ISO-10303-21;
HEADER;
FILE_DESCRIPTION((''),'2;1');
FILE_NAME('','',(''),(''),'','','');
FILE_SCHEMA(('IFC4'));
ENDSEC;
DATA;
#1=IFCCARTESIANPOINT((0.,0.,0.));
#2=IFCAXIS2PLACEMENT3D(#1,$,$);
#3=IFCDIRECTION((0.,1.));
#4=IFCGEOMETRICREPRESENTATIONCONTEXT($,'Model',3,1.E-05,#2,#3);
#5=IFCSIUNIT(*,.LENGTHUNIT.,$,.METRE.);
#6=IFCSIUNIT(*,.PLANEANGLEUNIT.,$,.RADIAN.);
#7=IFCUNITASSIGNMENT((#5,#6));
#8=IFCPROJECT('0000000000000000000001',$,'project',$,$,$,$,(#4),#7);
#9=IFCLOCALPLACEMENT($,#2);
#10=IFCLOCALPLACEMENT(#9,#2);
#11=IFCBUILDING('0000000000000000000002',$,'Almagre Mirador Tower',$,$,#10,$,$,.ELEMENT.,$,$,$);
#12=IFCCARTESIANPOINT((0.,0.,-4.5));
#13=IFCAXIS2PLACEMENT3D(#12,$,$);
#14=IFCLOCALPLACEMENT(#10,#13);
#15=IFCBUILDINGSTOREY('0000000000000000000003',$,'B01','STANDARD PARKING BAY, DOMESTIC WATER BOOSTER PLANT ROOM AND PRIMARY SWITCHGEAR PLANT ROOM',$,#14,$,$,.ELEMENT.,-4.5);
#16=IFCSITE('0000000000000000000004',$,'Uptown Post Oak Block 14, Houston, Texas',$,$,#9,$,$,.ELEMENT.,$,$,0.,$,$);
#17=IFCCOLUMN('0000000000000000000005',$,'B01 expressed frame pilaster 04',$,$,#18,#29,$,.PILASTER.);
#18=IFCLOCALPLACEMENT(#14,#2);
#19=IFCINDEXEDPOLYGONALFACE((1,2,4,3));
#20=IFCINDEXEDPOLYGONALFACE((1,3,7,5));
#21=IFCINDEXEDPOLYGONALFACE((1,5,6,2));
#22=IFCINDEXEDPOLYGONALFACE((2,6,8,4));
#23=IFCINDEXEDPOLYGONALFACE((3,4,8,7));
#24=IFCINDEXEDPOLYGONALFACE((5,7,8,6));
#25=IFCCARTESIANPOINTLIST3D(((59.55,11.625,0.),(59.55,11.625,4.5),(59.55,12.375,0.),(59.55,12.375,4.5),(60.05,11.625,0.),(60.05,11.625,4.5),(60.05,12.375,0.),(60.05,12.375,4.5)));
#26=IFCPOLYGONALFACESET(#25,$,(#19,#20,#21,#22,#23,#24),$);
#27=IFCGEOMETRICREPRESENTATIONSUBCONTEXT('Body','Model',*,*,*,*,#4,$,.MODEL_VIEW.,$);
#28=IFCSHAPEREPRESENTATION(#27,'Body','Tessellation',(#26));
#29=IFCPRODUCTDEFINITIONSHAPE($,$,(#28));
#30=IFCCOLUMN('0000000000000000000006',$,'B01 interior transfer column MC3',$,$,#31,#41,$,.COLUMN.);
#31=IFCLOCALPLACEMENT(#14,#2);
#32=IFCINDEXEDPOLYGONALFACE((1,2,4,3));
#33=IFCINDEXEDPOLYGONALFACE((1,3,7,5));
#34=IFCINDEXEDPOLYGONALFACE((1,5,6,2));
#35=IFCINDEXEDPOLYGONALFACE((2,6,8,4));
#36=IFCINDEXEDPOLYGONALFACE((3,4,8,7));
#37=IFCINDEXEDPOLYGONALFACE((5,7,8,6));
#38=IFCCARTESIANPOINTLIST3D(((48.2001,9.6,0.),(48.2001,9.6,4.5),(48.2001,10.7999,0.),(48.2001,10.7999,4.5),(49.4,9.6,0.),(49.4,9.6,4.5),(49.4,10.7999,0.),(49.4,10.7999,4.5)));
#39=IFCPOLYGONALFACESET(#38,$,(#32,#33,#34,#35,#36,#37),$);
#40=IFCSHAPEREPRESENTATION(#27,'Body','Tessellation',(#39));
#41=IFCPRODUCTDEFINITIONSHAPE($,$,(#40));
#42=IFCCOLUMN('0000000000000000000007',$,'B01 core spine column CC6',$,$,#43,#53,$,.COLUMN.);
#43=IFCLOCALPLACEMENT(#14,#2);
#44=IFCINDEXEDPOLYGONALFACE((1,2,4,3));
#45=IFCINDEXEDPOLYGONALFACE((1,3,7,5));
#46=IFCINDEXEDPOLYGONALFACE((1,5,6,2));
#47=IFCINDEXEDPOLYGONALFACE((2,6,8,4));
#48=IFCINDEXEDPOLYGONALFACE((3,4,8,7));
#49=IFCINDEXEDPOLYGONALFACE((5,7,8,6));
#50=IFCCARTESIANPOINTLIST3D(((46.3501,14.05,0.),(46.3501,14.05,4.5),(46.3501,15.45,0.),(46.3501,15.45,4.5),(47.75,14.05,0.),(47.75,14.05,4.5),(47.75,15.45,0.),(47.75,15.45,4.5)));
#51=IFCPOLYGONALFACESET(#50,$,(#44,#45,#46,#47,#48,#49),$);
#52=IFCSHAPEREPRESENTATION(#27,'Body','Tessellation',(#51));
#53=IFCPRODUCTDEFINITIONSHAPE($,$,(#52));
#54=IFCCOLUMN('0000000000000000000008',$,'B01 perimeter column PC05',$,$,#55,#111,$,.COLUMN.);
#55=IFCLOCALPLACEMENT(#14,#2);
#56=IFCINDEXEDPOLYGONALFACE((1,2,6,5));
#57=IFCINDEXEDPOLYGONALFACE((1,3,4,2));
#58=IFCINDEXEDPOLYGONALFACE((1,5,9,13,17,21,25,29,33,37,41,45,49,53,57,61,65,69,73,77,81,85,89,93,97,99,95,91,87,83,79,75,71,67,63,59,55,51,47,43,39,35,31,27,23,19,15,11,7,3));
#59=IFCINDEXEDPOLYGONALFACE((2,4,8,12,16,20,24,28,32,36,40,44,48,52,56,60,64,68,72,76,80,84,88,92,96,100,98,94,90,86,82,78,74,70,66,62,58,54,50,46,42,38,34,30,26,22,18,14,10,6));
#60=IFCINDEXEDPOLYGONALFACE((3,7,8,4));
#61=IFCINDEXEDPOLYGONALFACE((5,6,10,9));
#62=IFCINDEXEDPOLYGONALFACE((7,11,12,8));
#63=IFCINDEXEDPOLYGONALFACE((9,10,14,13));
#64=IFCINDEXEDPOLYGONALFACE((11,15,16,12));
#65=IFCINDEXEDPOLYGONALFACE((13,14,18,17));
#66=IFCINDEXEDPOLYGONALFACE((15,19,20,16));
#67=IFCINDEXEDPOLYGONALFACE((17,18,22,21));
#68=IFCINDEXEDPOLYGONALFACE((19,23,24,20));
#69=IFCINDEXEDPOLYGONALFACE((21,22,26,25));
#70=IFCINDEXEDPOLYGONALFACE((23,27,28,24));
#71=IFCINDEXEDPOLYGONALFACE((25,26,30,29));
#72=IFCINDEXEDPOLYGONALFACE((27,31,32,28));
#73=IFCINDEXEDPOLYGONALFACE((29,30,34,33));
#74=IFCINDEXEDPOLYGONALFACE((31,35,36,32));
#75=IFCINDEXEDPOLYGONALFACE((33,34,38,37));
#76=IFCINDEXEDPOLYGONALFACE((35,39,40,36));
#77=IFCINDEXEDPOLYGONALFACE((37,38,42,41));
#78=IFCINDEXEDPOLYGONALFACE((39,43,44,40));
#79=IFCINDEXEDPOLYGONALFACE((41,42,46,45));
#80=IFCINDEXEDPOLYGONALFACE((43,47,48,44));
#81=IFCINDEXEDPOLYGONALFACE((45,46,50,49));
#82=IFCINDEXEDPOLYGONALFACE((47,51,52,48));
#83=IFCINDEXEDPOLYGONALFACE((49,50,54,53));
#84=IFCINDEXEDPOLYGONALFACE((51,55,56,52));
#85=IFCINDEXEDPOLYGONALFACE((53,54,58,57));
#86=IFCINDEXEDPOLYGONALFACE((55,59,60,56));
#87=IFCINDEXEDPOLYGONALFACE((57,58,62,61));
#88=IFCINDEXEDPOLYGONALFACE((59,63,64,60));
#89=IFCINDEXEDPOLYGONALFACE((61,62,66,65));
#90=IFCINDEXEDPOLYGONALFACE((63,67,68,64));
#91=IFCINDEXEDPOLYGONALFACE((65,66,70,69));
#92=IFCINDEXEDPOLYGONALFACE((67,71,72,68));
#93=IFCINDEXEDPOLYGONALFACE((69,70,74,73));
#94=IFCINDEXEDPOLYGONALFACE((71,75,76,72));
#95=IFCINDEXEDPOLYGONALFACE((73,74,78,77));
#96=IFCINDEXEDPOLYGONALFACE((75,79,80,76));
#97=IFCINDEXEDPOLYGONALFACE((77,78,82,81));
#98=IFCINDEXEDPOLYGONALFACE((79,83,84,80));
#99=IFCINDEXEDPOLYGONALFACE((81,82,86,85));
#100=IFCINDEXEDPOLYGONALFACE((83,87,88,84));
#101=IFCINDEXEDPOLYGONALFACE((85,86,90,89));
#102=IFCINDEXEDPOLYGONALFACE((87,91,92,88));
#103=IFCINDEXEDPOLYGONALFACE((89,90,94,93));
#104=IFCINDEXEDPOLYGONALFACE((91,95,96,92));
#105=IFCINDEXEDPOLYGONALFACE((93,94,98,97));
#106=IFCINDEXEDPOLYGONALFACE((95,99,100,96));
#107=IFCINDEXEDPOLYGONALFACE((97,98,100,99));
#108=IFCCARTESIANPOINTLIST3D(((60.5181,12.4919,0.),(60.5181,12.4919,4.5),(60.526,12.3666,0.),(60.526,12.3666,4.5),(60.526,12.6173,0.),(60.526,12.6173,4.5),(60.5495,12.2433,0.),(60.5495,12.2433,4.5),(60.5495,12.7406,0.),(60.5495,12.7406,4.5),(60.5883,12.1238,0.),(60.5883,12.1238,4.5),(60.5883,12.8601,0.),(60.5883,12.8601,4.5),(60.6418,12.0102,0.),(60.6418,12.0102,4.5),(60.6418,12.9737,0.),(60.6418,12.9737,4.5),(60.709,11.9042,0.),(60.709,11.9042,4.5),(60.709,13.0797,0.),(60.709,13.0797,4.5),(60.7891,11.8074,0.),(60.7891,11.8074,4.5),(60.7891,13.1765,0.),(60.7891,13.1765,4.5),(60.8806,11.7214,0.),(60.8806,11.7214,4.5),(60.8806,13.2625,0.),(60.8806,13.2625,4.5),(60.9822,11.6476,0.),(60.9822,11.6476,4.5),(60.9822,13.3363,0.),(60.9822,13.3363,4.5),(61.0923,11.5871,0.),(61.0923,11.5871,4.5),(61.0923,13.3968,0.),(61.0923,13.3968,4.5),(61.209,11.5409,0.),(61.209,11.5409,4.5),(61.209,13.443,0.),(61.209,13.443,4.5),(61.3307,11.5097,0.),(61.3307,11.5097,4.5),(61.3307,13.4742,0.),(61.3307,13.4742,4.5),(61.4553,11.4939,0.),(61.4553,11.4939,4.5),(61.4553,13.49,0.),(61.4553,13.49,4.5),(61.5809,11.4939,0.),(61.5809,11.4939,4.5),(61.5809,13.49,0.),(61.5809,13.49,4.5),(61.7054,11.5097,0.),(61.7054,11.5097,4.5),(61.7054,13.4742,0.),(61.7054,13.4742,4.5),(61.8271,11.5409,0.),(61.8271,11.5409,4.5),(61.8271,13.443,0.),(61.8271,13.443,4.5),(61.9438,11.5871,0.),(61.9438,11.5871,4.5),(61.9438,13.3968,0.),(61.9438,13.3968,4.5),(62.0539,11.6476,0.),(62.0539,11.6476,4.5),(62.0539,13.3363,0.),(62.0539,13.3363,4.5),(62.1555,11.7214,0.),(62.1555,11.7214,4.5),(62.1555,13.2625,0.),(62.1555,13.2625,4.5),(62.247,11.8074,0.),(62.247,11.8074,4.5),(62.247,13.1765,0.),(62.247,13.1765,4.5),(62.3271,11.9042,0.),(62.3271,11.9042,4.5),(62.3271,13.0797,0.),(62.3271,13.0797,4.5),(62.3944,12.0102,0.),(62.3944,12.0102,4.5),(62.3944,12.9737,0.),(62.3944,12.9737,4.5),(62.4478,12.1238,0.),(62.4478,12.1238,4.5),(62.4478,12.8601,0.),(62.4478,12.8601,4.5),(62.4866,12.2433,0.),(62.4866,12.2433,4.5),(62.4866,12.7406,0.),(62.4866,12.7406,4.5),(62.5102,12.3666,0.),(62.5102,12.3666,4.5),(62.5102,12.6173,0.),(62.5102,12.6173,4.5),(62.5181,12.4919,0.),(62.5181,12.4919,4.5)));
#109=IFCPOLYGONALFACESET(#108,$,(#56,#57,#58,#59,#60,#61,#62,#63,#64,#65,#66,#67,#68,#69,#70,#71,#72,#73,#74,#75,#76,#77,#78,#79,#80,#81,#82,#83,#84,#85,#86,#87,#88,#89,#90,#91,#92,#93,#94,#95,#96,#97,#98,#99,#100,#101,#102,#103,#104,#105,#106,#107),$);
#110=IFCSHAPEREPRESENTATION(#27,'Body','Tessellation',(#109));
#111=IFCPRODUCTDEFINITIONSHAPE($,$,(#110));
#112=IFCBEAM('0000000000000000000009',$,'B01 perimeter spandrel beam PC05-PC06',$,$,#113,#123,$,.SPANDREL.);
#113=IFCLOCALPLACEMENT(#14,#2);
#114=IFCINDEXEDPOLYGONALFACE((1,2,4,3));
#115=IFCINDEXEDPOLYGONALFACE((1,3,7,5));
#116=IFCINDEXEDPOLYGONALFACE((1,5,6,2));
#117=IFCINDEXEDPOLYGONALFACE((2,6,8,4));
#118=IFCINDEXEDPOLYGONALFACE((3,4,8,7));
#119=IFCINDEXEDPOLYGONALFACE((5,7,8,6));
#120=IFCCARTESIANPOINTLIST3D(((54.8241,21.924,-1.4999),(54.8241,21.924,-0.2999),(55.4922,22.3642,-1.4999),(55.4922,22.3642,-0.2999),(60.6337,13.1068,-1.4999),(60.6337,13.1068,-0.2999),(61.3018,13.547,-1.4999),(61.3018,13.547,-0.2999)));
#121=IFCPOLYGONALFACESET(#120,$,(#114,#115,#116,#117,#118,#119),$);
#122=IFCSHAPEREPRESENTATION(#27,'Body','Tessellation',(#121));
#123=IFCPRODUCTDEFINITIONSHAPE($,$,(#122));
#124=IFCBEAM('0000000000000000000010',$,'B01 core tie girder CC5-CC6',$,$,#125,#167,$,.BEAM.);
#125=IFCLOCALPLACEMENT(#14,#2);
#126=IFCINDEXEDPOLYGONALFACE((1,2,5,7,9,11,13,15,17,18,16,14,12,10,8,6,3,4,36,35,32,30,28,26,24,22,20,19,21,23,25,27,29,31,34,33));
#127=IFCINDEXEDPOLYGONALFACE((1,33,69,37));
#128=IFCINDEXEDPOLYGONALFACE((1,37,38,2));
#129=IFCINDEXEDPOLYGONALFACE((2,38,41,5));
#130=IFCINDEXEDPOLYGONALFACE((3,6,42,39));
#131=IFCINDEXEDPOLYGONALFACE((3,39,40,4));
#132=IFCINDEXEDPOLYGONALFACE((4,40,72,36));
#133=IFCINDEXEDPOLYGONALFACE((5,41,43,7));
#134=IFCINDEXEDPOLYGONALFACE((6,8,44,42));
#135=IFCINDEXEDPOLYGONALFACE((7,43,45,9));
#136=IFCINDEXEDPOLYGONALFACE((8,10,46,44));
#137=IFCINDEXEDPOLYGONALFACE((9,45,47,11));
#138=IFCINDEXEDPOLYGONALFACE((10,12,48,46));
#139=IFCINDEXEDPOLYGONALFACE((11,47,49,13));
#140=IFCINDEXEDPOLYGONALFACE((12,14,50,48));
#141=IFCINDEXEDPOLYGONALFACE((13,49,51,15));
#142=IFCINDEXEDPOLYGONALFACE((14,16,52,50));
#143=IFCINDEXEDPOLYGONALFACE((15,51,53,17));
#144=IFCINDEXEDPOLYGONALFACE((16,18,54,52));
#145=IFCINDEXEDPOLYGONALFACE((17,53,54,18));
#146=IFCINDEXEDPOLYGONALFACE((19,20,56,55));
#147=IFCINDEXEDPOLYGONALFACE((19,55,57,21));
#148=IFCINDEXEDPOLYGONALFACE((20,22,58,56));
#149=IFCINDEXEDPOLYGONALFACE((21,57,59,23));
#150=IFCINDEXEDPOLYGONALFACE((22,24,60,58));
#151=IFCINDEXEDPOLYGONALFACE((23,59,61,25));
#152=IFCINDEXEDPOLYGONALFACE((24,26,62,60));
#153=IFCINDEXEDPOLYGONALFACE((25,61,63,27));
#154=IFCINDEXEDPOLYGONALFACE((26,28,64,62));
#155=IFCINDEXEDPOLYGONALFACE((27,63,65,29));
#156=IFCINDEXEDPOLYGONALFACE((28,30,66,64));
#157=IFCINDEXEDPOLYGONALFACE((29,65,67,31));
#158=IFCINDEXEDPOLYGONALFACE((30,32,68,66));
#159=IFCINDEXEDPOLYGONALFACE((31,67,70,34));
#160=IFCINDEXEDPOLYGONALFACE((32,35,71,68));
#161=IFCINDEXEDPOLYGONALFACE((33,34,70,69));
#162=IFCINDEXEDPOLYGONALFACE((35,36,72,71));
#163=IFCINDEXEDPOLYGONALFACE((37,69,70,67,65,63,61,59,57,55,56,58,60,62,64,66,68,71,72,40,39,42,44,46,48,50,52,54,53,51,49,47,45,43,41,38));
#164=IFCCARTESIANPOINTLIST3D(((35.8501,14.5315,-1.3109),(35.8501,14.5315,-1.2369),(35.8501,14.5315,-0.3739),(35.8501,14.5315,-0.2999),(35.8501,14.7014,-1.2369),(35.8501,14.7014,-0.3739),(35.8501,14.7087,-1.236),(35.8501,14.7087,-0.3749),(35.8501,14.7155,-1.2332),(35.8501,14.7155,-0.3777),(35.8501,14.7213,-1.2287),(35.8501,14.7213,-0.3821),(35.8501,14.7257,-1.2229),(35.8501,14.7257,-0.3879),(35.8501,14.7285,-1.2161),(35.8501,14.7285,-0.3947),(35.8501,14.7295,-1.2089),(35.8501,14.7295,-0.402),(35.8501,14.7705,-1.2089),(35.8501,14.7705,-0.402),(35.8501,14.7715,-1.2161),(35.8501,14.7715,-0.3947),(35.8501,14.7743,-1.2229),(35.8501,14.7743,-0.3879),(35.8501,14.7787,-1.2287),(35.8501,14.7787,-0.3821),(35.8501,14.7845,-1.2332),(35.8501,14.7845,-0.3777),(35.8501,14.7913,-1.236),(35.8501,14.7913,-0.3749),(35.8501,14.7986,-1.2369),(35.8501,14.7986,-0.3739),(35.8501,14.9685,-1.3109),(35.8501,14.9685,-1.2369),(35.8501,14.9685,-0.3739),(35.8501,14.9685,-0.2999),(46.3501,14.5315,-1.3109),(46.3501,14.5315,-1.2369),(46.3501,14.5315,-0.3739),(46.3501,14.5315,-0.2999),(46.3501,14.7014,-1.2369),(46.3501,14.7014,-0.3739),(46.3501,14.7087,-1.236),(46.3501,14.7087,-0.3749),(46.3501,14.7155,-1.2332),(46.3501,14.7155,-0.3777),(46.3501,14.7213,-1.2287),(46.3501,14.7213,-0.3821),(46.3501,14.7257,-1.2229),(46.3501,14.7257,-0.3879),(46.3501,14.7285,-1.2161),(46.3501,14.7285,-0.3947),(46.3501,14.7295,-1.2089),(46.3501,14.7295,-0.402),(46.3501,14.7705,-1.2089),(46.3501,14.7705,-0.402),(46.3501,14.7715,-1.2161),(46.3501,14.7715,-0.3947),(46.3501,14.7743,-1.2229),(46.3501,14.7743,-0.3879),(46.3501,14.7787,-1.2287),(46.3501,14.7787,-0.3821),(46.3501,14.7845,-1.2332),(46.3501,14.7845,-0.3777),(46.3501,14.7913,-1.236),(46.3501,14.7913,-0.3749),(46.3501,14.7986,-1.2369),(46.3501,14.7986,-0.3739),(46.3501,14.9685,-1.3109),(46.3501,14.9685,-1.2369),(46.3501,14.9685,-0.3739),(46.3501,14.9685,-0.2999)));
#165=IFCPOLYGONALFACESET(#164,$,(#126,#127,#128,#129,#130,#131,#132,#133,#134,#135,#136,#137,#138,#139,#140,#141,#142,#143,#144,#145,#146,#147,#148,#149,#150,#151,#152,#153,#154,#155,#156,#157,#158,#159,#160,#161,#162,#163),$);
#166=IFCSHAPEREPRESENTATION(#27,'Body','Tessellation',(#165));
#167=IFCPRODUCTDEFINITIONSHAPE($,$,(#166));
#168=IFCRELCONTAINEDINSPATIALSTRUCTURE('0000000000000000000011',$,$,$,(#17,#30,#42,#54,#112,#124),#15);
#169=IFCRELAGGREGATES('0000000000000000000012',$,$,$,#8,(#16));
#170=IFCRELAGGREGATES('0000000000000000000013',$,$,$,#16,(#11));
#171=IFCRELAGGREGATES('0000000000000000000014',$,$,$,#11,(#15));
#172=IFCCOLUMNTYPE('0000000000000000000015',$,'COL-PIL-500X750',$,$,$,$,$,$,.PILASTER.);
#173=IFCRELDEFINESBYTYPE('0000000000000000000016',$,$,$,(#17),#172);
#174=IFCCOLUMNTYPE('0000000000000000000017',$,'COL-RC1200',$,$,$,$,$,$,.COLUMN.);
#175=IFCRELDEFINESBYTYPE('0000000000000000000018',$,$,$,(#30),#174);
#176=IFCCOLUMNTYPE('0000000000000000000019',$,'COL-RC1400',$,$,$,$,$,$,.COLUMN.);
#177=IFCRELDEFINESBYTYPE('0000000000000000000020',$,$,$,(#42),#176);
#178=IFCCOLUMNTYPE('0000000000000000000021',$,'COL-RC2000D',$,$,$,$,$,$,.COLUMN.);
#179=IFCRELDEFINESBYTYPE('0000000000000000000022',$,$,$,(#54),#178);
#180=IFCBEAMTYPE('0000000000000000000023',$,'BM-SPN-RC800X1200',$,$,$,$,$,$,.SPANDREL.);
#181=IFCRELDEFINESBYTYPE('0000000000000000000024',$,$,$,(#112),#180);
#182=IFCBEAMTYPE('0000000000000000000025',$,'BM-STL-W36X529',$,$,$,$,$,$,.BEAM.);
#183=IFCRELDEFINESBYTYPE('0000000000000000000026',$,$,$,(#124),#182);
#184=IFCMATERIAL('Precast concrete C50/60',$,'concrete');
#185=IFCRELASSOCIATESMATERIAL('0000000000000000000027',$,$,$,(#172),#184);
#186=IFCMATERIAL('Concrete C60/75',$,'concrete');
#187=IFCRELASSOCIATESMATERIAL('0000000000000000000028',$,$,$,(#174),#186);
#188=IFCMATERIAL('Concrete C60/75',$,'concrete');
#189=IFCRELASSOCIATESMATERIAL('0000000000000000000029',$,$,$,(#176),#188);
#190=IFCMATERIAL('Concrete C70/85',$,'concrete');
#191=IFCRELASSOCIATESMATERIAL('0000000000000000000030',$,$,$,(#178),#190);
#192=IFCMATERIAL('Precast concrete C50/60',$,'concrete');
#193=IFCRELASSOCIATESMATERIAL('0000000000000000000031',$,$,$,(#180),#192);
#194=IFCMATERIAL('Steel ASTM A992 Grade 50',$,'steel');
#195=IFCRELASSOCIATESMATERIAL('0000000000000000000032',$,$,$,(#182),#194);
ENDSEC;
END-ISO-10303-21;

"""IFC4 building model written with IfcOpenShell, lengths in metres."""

from ifc_helpers import new_model, si_unit, direction, frame, origin, origin_2d, place, context, subcontext, project, spatial, rectangle, circle, i_section, extrude, material, material_profile, profile_set, type_object, element, save


model = new_model("IFC4")

# Units and contexts
model_context = context("Model", 3, precision=1e-05, world=origin(), true_north=direction((0.0, 1.0)))
body_context = subcontext(model_context, "Body", "Model", "MODEL_VIEW")
ifc_project = project(units=[si_unit("LENGTHUNIT", "METRE"), si_unit("PLANEANGLEUNIT", "RADIAN")], contexts=[model_context])

# Site, building, storey
site_placement = place(None, origin())
site = spatial("IfcSite", under=ifc_project, at=site_placement, Name="Uptown Post Oak Block 14, Houston, Texas", CompositionType="ELEMENT", RefElevation=0.0)
building_placement = place(site_placement, origin())
building = spatial("IfcBuilding", under=site, at=building_placement, Name="Almagre Mirador Tower", CompositionType="ELEMENT")
storey_placement = place(building_placement, frame((0.0, 0.0, -4.5)))
storey = spatial("IfcBuildingStorey", under=building, at=storey_placement, Name="B01", Description="STANDARD PARKING BAY, DOMESTIC WATER BOOSTER PLANT ROOM AND PRIMARY SWITCHGEAR PLANT ROOM", CompositionType="ELEMENT", Elevation=-4.5)

# Columns
ifc_material_1 = material(Name="Precast concrete C50/60", Category="concrete")
ifc_material_profile_1 = material_profile(ifc_material_1, rectangle(XDim=0.5, YDim=0.75, at=origin_2d()), Name="RC500X750")
ifc_profile_set_1 = profile_set([ifc_material_profile_1], Name="Precast concrete C50/60")
column_type_1 = type_object("IfcColumnType", Name="COL-PIL-500X750", PredefinedType="PILASTER", material=ifc_profile_set_1)
column_1_placement = place(storey_placement, frame((59.8, 12.0, 0.0), z_axis=(0.0, 0.0, 1.0), x_axis=(1.0, 0.0, 0.0)))
element("IfcColumn", 1, at=column_1_placement, inside=storey, type_object=column_type_1, Name="B01 expressed frame pilaster 04", PredefinedType="PILASTER", context=body_context, shape_type="SweptSolid", body=[
    extrude(rectangle(XDim=0.5, YDim=0.75, at=origin_2d()), origin(), (0.0, 0.0, 1.0), 4.5),
])
ifc_material_2 = material(Name="Concrete C60/75", Category="concrete")
ifc_material_profile_2 = material_profile(ifc_material_2, rectangle(XDim=1.2, YDim=1.2, at=origin_2d()), Name="RC1200X1200")
ifc_profile_set_2 = profile_set([ifc_material_profile_2], Name="Concrete C60/75")
column_type_2 = type_object("IfcColumnType", Name="COL-RC1200", PredefinedType="COLUMN", material=ifc_profile_set_2)
column_2_placement = place(storey_placement, frame((48.8, 10.2, 0.0), z_axis=(0.0, 0.0, 1.0), x_axis=(1.0, 0.0, 0.0)))
element("IfcColumn", 2, at=column_2_placement, inside=storey, type_object=column_type_2, Name="B01 interior transfer column MC3", PredefinedType="COLUMN", context=body_context, shape_type="SweptSolid", body=[
    extrude(rectangle(XDim=1.2, YDim=1.2, at=origin_2d()), origin(), (0.0, 0.0, 1.0), 4.5),
])
ifc_material_3 = material(Name="Concrete C60/75", Category="concrete")
ifc_material_profile_3 = material_profile(ifc_material_3, rectangle(XDim=1.3999, YDim=1.3999, at=origin_2d()), Name="RC1400X1400")
ifc_profile_set_3 = profile_set([ifc_material_profile_3], Name="Concrete C60/75")
column_type_3 = type_object("IfcColumnType", Name="COL-RC1400", PredefinedType="COLUMN", material=ifc_profile_set_3)
column_3_placement = place(storey_placement, frame((47.05, 14.75, 0.0), z_axis=(0.0, 0.0, 1.0), x_axis=(1.0, 0.0, 0.0)))
element("IfcColumn", 3, at=column_3_placement, inside=storey, type_object=column_type_3, Name="B01 core spine column CC6", PredefinedType="COLUMN", context=body_context, shape_type="SweptSolid", body=[
    extrude(rectangle(XDim=1.3999, YDim=1.3999, at=origin_2d()), origin(), (0.0, 0.0, 1.0), 4.5),
])
ifc_material_4 = material(Name="Concrete C70/85", Category="concrete")
ifc_material_profile_4 = material_profile(ifc_material_4, circle(Radius=1.0, at=origin_2d()), Name="RC2000D")
ifc_profile_set_4 = profile_set([ifc_material_profile_4], Name="Concrete C70/85")
column_type_4 = type_object("IfcColumnType", Name="COL-RC2000D", PredefinedType="COLUMN", material=ifc_profile_set_4)
column_4_placement = place(storey_placement, frame((61.5181, 12.4919, 0.0), z_axis=(0.0, 0.0, 1.0), x_axis=(1.0, 0.0, 0.0)))
element("IfcColumn", 4, at=column_4_placement, inside=storey, type_object=column_type_4, Name="B01 perimeter column PC05", PredefinedType="COLUMN", context=body_context, shape_type="SweptSolid", body=[
    extrude(circle(Radius=1.0, at=origin_2d()), origin(), (0.0, 0.0, 1.0), 4.5),
])

# Beams
ifc_material_5 = material(Name="Precast concrete C50/60", Category="concrete")
ifc_material_profile_5 = material_profile(ifc_material_5, rectangle(XDim=0.8, YDim=1.2, at=origin_2d()), Name="RC800X1200")
ifc_profile_set_5 = profile_set([ifc_material_profile_5], Name="Precast concrete C50/60")
beam_type_1 = type_object("IfcBeamType", Name="BM-SPN-RC800X1200", PredefinedType="SPANDREL", material=ifc_profile_set_5)
beam_1_placement = place(storey_placement, frame((60.9678, 13.3269, -0.8999), z_axis=(-0.550199, 0.835033, 0.0), x_axis=(-0.835033, -0.550199, 0.0)))
element("IfcBeam", 5, at=beam_1_placement, inside=storey, type_object=beam_type_1, Name="B01 perimeter spandrel beam PC05-PC06", PredefinedType="SPANDREL", context=body_context, shape_type="SweptSolid", body=[
    extrude(rectangle(XDim=0.8, YDim=1.2, at=origin_2d()), origin(), (0.0, 0.0, 1.0), 10.5591),
])
ifc_material_6 = material(Name="Steel ASTM A992 Grade 50", Category="steel")
ifc_material_profile_6 = material_profile(ifc_material_6, i_section(OverallWidth=0.437, OverallDepth=1.011, WebThickness=0.041, FlangeThickness=0.074, FilletRadius=0.0281, at=origin_2d()), Name="W36X529")
ifc_profile_set_6 = profile_set([ifc_material_profile_6], Name="Steel ASTM A992 Grade 50")
beam_type_2 = type_object("IfcBeamType", Name="BM-STL-W36X529", PredefinedType="BEAM", material=ifc_profile_set_6)
beam_2_placement = place(storey_placement, frame((35.8501, 14.75, -0.8054), z_axis=(1.0, 0.0, 0.0), x_axis=(0.0, 1.0, 0.0)))
element("IfcBeam", 6, at=beam_2_placement, inside=storey, type_object=beam_type_2, Name="B01 core tie girder CC5-CC6", PredefinedType="BEAM", context=body_context, shape_type="SweptSolid", body=[
    extrude(i_section(OverallWidth=0.437, OverallDepth=1.011, WebThickness=0.041, FlangeThickness=0.074, FilletRadius=0.0281, at=origin_2d()), origin(), (0.0, 0.0, 1.0), 10.5),
])

save(model, "model.ifc")
